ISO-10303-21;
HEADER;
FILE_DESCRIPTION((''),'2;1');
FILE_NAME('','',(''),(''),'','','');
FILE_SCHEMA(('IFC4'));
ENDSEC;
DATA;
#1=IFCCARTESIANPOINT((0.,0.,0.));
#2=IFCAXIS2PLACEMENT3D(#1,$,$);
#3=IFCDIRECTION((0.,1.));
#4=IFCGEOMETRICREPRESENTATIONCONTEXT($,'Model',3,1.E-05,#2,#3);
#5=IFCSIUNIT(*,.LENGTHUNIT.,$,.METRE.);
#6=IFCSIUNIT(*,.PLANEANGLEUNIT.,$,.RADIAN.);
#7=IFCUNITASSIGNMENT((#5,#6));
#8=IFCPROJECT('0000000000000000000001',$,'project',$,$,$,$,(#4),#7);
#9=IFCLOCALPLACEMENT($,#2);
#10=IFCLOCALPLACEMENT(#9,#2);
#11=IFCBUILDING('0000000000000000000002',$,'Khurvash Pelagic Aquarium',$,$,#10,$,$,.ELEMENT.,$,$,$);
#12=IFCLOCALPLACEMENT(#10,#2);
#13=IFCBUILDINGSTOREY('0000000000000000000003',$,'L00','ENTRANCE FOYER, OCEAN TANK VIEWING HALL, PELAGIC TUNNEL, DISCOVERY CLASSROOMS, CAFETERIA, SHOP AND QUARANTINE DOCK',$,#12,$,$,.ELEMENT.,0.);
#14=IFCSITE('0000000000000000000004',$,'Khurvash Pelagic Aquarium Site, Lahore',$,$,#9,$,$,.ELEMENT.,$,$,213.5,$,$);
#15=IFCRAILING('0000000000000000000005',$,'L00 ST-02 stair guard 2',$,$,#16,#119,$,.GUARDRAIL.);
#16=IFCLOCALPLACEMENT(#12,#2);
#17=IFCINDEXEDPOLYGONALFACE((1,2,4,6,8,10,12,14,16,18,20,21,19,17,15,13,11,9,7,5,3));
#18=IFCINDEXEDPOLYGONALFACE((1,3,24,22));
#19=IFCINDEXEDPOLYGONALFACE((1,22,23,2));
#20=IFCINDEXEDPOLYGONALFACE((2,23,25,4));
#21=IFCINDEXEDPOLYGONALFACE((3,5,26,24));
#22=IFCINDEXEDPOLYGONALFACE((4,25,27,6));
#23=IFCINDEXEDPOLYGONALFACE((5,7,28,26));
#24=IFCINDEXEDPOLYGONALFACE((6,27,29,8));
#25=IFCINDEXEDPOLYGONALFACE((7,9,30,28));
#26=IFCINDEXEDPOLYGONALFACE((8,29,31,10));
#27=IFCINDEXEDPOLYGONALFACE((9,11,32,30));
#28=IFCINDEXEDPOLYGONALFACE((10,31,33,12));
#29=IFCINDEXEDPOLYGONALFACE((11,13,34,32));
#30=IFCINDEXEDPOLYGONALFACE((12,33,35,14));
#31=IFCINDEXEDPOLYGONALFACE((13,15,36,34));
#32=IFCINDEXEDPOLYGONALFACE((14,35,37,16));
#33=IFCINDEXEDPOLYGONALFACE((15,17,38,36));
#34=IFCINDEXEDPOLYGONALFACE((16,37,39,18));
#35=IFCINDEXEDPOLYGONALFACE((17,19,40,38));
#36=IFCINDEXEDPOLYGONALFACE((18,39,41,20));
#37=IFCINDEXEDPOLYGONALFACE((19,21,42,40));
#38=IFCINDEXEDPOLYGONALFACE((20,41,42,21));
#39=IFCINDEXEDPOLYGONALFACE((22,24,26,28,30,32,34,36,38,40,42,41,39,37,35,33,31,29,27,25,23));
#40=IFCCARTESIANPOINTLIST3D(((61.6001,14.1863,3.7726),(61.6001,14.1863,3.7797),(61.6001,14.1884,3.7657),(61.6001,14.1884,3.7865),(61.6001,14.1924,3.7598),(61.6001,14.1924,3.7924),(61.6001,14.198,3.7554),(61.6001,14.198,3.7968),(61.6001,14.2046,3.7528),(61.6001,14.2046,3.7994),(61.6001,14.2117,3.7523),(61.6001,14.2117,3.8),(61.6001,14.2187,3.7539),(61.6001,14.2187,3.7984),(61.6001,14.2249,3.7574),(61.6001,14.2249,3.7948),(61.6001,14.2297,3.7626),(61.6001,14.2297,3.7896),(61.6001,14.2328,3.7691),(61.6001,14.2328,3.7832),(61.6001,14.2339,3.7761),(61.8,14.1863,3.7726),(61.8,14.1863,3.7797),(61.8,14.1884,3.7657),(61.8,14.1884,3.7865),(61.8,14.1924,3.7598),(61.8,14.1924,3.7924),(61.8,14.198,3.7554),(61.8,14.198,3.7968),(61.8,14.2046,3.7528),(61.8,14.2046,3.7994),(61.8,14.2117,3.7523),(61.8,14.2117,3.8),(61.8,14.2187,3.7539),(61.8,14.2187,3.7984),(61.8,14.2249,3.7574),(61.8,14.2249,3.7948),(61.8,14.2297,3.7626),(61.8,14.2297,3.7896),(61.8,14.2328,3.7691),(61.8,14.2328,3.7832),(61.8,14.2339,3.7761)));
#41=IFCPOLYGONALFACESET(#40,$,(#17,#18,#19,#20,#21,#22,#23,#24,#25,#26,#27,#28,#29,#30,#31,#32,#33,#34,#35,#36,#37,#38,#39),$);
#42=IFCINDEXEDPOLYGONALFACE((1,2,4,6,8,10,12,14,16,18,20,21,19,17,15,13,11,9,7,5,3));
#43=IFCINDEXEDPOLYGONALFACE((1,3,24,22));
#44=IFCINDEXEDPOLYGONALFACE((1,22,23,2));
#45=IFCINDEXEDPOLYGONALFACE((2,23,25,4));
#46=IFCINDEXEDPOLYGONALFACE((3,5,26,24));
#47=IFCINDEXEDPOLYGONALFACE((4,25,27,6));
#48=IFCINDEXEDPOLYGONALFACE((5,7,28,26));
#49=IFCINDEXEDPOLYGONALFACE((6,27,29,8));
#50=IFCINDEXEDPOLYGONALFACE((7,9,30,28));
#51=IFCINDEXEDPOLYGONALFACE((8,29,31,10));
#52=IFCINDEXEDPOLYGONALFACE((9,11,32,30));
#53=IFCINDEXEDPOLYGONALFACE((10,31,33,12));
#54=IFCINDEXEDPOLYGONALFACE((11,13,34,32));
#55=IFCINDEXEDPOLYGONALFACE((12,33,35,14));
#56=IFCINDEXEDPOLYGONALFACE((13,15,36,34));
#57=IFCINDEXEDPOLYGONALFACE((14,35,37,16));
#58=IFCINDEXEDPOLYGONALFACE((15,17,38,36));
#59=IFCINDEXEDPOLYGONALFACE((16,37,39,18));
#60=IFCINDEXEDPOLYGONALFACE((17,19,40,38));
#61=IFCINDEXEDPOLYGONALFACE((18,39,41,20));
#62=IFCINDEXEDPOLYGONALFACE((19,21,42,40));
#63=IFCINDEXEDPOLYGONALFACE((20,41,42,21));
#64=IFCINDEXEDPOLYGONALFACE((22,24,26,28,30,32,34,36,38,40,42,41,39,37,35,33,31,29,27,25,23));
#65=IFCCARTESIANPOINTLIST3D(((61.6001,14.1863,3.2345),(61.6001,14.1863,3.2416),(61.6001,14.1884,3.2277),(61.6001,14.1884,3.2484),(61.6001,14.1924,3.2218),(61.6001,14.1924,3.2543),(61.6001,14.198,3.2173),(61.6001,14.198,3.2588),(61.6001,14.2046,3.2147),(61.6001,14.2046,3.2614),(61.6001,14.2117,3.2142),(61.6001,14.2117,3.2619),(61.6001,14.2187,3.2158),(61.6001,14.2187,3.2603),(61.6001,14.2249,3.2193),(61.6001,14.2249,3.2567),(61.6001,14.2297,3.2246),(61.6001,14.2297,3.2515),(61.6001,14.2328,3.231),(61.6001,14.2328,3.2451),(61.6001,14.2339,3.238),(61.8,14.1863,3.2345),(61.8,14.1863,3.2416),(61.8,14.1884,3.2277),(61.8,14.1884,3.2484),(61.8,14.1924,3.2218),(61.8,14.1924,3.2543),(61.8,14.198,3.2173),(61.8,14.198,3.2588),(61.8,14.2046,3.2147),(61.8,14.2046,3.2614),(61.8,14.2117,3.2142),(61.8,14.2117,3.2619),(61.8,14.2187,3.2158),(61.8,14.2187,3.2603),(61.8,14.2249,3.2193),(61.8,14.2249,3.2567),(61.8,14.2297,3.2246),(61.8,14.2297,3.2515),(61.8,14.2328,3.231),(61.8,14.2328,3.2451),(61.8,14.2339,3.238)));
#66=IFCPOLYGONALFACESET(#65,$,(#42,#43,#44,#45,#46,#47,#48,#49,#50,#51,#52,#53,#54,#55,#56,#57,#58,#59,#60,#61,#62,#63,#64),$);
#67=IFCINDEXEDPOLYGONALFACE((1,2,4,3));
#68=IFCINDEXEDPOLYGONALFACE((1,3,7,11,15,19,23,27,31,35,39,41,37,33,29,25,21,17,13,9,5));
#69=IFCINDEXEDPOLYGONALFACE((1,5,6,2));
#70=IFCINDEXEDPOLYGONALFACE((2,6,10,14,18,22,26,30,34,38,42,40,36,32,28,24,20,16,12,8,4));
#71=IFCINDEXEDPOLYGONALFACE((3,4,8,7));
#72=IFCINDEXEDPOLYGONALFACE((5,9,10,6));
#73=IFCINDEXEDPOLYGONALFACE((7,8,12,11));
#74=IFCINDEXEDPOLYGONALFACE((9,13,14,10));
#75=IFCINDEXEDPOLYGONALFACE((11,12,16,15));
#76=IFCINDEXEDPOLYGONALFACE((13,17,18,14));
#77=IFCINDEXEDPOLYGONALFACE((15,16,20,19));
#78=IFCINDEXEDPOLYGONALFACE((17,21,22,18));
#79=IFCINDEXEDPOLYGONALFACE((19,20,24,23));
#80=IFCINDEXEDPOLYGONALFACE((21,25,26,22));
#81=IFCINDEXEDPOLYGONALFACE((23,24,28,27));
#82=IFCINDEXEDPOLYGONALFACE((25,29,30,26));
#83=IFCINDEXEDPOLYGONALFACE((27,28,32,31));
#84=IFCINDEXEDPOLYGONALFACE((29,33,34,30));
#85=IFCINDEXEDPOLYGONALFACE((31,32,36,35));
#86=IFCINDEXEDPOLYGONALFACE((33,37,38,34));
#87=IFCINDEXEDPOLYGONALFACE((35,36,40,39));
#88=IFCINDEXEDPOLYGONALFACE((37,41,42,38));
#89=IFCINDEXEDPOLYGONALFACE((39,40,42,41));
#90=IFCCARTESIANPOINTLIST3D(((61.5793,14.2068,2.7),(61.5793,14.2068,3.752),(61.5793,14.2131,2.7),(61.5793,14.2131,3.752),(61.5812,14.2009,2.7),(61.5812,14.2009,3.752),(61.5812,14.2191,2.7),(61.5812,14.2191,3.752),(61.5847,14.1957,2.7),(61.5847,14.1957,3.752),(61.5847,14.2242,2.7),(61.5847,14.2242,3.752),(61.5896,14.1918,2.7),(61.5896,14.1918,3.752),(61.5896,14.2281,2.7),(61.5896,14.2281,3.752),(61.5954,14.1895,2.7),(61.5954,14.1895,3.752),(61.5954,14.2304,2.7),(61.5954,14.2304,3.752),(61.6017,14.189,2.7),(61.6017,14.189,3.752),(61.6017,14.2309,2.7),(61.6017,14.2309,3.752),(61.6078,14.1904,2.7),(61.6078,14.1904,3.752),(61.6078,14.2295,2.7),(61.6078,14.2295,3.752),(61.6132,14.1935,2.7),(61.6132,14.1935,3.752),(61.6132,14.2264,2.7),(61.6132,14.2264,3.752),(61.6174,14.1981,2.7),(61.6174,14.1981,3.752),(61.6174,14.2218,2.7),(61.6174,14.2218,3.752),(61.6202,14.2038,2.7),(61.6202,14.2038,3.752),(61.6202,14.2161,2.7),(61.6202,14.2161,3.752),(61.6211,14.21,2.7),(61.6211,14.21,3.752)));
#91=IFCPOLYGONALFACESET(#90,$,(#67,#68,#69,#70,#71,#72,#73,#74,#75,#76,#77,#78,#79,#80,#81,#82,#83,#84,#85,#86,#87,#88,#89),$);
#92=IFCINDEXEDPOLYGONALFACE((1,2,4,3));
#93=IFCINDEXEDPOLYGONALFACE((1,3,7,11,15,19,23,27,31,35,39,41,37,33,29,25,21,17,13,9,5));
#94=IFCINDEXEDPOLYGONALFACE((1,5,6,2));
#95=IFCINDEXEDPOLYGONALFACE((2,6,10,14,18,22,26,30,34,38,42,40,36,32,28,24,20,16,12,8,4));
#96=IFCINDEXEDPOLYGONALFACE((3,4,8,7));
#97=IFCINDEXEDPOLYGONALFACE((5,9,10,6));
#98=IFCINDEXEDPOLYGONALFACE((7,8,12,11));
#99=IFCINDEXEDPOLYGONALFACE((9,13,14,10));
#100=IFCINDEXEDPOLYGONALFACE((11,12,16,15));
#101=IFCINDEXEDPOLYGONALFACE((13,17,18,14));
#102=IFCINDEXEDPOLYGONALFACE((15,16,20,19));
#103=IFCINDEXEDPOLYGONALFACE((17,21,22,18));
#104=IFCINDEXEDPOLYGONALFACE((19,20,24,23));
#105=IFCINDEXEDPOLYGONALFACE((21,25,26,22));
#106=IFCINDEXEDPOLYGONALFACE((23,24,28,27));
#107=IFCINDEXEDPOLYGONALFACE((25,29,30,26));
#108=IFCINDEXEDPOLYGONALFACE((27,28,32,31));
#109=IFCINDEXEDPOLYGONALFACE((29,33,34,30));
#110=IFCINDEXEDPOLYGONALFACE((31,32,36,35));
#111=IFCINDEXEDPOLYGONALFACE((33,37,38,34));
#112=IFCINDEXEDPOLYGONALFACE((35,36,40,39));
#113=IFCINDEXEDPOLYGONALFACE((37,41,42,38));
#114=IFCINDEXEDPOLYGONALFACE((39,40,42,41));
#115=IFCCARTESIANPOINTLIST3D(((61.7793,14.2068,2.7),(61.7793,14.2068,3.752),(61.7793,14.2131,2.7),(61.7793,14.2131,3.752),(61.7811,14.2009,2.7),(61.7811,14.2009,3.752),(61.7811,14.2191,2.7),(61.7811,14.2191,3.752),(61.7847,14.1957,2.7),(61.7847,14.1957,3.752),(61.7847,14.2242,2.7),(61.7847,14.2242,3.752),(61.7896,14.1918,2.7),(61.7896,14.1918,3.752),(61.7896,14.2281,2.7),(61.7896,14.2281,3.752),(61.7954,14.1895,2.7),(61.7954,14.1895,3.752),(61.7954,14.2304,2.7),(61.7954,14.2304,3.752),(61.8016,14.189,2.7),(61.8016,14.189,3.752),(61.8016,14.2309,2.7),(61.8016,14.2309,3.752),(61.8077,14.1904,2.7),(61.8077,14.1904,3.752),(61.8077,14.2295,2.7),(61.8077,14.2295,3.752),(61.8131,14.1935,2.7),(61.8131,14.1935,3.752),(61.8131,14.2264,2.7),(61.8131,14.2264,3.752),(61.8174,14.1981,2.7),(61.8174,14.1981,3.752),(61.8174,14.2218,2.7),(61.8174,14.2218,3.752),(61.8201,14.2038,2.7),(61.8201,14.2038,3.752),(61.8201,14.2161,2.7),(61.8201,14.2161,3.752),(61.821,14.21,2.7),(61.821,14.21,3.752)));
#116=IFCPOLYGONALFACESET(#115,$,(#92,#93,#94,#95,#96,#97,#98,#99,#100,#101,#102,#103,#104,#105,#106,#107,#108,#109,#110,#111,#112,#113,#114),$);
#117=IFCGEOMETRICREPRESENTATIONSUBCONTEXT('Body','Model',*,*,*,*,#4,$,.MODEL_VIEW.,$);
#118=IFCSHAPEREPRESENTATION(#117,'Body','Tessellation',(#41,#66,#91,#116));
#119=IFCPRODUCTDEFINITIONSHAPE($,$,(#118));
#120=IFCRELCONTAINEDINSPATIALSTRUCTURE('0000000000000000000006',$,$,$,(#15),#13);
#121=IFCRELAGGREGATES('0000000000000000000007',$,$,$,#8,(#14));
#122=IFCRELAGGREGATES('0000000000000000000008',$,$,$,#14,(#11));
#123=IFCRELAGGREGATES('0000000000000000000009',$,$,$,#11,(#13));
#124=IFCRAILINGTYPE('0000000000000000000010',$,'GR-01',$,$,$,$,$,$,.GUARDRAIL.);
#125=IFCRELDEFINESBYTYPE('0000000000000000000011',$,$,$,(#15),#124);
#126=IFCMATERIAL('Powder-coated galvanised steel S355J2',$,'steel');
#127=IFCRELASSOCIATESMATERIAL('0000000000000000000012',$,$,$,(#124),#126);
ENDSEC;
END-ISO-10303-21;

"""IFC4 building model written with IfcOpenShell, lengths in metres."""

from ifc_helpers import new_model, si_unit, direction, frame, origin, origin_2d, place, context, subcontext, project, spatial, circle, extrude, material, type_object, element, save


model = new_model("IFC4")

# Units and contexts
model_context = context("Model", 3, precision=1e-05, world=origin(), true_north=direction((0.0, 1.0)))
body_context = subcontext(model_context, "Body", "Model", "MODEL_VIEW")
ifc_project = project(units=[si_unit("LENGTHUNIT", "METRE"), si_unit("PLANEANGLEUNIT", "RADIAN")], contexts=[model_context])

# Site, building, storey
site_placement = place(None, origin())
site = spatial("IfcSite", under=ifc_project, at=site_placement, Name="Khurvash Pelagic Aquarium Site, Lahore", CompositionType="ELEMENT", RefElevation=213.5)
building_placement = place(site_placement, origin())
building = spatial("IfcBuilding", under=site, at=building_placement, Name="Khurvash Pelagic Aquarium", CompositionType="ELEMENT")
storey_placement = place(building_placement, origin())
storey = spatial("IfcBuildingStorey", under=building, at=storey_placement, Name="L00", Description="ENTRANCE FOYER, OCEAN TANK VIEWING HALL, PELAGIC TUNNEL, DISCOVERY CLASSROOMS, CAFETERIA, SHOP AND QUARANTINE DOCK", CompositionType="ELEMENT", Elevation=0.0)

# Railing
ifc_material_1 = material(Name="Powder-coated galvanised steel S355J2", Category="steel")
railing_type_1 = type_object("IfcRailingType", Name="GR-01", PredefinedType="GUARDRAIL", material=ifc_material_1)
railing_1_placement = place(storey_placement, frame((61.6001, 14.21, 2.7)))
element("IfcRailing", 1, at=railing_1_placement, inside=storey, type_object=railing_type_1, Name="L00 ST-02 stair guard 2", PredefinedType="GUARDRAIL", context=body_context, shape_type="SweptSolid", body=[
    extrude(circle(Radius=0.0239, at=origin_2d()), frame((0.0, 0.0, 1.0762), z_axis=(1.0, 0.0, 0.0), x_axis=(0.0, 1.0, 0.0)), (0.0, 0.0, 1.0), 0.2),
    extrude(circle(Radius=0.0239, at=origin_2d()), frame((0.0, 0.0, 0.5381), z_axis=(1.0, 0.0, 0.0), x_axis=(0.0, 1.0, 0.0)), (0.0, 0.0, 1.0), 0.2),
    extrude(circle(Radius=0.021, at=origin_2d()), origin(), (0.0, 0.0, 1.0), 1.052),
    extrude(circle(Radius=0.021, at=origin_2d()), frame((0.2, 0.0, 0.0)), (0.0, 0.0, 1.0), 1.052),
])

save(model, "model.ifc")
